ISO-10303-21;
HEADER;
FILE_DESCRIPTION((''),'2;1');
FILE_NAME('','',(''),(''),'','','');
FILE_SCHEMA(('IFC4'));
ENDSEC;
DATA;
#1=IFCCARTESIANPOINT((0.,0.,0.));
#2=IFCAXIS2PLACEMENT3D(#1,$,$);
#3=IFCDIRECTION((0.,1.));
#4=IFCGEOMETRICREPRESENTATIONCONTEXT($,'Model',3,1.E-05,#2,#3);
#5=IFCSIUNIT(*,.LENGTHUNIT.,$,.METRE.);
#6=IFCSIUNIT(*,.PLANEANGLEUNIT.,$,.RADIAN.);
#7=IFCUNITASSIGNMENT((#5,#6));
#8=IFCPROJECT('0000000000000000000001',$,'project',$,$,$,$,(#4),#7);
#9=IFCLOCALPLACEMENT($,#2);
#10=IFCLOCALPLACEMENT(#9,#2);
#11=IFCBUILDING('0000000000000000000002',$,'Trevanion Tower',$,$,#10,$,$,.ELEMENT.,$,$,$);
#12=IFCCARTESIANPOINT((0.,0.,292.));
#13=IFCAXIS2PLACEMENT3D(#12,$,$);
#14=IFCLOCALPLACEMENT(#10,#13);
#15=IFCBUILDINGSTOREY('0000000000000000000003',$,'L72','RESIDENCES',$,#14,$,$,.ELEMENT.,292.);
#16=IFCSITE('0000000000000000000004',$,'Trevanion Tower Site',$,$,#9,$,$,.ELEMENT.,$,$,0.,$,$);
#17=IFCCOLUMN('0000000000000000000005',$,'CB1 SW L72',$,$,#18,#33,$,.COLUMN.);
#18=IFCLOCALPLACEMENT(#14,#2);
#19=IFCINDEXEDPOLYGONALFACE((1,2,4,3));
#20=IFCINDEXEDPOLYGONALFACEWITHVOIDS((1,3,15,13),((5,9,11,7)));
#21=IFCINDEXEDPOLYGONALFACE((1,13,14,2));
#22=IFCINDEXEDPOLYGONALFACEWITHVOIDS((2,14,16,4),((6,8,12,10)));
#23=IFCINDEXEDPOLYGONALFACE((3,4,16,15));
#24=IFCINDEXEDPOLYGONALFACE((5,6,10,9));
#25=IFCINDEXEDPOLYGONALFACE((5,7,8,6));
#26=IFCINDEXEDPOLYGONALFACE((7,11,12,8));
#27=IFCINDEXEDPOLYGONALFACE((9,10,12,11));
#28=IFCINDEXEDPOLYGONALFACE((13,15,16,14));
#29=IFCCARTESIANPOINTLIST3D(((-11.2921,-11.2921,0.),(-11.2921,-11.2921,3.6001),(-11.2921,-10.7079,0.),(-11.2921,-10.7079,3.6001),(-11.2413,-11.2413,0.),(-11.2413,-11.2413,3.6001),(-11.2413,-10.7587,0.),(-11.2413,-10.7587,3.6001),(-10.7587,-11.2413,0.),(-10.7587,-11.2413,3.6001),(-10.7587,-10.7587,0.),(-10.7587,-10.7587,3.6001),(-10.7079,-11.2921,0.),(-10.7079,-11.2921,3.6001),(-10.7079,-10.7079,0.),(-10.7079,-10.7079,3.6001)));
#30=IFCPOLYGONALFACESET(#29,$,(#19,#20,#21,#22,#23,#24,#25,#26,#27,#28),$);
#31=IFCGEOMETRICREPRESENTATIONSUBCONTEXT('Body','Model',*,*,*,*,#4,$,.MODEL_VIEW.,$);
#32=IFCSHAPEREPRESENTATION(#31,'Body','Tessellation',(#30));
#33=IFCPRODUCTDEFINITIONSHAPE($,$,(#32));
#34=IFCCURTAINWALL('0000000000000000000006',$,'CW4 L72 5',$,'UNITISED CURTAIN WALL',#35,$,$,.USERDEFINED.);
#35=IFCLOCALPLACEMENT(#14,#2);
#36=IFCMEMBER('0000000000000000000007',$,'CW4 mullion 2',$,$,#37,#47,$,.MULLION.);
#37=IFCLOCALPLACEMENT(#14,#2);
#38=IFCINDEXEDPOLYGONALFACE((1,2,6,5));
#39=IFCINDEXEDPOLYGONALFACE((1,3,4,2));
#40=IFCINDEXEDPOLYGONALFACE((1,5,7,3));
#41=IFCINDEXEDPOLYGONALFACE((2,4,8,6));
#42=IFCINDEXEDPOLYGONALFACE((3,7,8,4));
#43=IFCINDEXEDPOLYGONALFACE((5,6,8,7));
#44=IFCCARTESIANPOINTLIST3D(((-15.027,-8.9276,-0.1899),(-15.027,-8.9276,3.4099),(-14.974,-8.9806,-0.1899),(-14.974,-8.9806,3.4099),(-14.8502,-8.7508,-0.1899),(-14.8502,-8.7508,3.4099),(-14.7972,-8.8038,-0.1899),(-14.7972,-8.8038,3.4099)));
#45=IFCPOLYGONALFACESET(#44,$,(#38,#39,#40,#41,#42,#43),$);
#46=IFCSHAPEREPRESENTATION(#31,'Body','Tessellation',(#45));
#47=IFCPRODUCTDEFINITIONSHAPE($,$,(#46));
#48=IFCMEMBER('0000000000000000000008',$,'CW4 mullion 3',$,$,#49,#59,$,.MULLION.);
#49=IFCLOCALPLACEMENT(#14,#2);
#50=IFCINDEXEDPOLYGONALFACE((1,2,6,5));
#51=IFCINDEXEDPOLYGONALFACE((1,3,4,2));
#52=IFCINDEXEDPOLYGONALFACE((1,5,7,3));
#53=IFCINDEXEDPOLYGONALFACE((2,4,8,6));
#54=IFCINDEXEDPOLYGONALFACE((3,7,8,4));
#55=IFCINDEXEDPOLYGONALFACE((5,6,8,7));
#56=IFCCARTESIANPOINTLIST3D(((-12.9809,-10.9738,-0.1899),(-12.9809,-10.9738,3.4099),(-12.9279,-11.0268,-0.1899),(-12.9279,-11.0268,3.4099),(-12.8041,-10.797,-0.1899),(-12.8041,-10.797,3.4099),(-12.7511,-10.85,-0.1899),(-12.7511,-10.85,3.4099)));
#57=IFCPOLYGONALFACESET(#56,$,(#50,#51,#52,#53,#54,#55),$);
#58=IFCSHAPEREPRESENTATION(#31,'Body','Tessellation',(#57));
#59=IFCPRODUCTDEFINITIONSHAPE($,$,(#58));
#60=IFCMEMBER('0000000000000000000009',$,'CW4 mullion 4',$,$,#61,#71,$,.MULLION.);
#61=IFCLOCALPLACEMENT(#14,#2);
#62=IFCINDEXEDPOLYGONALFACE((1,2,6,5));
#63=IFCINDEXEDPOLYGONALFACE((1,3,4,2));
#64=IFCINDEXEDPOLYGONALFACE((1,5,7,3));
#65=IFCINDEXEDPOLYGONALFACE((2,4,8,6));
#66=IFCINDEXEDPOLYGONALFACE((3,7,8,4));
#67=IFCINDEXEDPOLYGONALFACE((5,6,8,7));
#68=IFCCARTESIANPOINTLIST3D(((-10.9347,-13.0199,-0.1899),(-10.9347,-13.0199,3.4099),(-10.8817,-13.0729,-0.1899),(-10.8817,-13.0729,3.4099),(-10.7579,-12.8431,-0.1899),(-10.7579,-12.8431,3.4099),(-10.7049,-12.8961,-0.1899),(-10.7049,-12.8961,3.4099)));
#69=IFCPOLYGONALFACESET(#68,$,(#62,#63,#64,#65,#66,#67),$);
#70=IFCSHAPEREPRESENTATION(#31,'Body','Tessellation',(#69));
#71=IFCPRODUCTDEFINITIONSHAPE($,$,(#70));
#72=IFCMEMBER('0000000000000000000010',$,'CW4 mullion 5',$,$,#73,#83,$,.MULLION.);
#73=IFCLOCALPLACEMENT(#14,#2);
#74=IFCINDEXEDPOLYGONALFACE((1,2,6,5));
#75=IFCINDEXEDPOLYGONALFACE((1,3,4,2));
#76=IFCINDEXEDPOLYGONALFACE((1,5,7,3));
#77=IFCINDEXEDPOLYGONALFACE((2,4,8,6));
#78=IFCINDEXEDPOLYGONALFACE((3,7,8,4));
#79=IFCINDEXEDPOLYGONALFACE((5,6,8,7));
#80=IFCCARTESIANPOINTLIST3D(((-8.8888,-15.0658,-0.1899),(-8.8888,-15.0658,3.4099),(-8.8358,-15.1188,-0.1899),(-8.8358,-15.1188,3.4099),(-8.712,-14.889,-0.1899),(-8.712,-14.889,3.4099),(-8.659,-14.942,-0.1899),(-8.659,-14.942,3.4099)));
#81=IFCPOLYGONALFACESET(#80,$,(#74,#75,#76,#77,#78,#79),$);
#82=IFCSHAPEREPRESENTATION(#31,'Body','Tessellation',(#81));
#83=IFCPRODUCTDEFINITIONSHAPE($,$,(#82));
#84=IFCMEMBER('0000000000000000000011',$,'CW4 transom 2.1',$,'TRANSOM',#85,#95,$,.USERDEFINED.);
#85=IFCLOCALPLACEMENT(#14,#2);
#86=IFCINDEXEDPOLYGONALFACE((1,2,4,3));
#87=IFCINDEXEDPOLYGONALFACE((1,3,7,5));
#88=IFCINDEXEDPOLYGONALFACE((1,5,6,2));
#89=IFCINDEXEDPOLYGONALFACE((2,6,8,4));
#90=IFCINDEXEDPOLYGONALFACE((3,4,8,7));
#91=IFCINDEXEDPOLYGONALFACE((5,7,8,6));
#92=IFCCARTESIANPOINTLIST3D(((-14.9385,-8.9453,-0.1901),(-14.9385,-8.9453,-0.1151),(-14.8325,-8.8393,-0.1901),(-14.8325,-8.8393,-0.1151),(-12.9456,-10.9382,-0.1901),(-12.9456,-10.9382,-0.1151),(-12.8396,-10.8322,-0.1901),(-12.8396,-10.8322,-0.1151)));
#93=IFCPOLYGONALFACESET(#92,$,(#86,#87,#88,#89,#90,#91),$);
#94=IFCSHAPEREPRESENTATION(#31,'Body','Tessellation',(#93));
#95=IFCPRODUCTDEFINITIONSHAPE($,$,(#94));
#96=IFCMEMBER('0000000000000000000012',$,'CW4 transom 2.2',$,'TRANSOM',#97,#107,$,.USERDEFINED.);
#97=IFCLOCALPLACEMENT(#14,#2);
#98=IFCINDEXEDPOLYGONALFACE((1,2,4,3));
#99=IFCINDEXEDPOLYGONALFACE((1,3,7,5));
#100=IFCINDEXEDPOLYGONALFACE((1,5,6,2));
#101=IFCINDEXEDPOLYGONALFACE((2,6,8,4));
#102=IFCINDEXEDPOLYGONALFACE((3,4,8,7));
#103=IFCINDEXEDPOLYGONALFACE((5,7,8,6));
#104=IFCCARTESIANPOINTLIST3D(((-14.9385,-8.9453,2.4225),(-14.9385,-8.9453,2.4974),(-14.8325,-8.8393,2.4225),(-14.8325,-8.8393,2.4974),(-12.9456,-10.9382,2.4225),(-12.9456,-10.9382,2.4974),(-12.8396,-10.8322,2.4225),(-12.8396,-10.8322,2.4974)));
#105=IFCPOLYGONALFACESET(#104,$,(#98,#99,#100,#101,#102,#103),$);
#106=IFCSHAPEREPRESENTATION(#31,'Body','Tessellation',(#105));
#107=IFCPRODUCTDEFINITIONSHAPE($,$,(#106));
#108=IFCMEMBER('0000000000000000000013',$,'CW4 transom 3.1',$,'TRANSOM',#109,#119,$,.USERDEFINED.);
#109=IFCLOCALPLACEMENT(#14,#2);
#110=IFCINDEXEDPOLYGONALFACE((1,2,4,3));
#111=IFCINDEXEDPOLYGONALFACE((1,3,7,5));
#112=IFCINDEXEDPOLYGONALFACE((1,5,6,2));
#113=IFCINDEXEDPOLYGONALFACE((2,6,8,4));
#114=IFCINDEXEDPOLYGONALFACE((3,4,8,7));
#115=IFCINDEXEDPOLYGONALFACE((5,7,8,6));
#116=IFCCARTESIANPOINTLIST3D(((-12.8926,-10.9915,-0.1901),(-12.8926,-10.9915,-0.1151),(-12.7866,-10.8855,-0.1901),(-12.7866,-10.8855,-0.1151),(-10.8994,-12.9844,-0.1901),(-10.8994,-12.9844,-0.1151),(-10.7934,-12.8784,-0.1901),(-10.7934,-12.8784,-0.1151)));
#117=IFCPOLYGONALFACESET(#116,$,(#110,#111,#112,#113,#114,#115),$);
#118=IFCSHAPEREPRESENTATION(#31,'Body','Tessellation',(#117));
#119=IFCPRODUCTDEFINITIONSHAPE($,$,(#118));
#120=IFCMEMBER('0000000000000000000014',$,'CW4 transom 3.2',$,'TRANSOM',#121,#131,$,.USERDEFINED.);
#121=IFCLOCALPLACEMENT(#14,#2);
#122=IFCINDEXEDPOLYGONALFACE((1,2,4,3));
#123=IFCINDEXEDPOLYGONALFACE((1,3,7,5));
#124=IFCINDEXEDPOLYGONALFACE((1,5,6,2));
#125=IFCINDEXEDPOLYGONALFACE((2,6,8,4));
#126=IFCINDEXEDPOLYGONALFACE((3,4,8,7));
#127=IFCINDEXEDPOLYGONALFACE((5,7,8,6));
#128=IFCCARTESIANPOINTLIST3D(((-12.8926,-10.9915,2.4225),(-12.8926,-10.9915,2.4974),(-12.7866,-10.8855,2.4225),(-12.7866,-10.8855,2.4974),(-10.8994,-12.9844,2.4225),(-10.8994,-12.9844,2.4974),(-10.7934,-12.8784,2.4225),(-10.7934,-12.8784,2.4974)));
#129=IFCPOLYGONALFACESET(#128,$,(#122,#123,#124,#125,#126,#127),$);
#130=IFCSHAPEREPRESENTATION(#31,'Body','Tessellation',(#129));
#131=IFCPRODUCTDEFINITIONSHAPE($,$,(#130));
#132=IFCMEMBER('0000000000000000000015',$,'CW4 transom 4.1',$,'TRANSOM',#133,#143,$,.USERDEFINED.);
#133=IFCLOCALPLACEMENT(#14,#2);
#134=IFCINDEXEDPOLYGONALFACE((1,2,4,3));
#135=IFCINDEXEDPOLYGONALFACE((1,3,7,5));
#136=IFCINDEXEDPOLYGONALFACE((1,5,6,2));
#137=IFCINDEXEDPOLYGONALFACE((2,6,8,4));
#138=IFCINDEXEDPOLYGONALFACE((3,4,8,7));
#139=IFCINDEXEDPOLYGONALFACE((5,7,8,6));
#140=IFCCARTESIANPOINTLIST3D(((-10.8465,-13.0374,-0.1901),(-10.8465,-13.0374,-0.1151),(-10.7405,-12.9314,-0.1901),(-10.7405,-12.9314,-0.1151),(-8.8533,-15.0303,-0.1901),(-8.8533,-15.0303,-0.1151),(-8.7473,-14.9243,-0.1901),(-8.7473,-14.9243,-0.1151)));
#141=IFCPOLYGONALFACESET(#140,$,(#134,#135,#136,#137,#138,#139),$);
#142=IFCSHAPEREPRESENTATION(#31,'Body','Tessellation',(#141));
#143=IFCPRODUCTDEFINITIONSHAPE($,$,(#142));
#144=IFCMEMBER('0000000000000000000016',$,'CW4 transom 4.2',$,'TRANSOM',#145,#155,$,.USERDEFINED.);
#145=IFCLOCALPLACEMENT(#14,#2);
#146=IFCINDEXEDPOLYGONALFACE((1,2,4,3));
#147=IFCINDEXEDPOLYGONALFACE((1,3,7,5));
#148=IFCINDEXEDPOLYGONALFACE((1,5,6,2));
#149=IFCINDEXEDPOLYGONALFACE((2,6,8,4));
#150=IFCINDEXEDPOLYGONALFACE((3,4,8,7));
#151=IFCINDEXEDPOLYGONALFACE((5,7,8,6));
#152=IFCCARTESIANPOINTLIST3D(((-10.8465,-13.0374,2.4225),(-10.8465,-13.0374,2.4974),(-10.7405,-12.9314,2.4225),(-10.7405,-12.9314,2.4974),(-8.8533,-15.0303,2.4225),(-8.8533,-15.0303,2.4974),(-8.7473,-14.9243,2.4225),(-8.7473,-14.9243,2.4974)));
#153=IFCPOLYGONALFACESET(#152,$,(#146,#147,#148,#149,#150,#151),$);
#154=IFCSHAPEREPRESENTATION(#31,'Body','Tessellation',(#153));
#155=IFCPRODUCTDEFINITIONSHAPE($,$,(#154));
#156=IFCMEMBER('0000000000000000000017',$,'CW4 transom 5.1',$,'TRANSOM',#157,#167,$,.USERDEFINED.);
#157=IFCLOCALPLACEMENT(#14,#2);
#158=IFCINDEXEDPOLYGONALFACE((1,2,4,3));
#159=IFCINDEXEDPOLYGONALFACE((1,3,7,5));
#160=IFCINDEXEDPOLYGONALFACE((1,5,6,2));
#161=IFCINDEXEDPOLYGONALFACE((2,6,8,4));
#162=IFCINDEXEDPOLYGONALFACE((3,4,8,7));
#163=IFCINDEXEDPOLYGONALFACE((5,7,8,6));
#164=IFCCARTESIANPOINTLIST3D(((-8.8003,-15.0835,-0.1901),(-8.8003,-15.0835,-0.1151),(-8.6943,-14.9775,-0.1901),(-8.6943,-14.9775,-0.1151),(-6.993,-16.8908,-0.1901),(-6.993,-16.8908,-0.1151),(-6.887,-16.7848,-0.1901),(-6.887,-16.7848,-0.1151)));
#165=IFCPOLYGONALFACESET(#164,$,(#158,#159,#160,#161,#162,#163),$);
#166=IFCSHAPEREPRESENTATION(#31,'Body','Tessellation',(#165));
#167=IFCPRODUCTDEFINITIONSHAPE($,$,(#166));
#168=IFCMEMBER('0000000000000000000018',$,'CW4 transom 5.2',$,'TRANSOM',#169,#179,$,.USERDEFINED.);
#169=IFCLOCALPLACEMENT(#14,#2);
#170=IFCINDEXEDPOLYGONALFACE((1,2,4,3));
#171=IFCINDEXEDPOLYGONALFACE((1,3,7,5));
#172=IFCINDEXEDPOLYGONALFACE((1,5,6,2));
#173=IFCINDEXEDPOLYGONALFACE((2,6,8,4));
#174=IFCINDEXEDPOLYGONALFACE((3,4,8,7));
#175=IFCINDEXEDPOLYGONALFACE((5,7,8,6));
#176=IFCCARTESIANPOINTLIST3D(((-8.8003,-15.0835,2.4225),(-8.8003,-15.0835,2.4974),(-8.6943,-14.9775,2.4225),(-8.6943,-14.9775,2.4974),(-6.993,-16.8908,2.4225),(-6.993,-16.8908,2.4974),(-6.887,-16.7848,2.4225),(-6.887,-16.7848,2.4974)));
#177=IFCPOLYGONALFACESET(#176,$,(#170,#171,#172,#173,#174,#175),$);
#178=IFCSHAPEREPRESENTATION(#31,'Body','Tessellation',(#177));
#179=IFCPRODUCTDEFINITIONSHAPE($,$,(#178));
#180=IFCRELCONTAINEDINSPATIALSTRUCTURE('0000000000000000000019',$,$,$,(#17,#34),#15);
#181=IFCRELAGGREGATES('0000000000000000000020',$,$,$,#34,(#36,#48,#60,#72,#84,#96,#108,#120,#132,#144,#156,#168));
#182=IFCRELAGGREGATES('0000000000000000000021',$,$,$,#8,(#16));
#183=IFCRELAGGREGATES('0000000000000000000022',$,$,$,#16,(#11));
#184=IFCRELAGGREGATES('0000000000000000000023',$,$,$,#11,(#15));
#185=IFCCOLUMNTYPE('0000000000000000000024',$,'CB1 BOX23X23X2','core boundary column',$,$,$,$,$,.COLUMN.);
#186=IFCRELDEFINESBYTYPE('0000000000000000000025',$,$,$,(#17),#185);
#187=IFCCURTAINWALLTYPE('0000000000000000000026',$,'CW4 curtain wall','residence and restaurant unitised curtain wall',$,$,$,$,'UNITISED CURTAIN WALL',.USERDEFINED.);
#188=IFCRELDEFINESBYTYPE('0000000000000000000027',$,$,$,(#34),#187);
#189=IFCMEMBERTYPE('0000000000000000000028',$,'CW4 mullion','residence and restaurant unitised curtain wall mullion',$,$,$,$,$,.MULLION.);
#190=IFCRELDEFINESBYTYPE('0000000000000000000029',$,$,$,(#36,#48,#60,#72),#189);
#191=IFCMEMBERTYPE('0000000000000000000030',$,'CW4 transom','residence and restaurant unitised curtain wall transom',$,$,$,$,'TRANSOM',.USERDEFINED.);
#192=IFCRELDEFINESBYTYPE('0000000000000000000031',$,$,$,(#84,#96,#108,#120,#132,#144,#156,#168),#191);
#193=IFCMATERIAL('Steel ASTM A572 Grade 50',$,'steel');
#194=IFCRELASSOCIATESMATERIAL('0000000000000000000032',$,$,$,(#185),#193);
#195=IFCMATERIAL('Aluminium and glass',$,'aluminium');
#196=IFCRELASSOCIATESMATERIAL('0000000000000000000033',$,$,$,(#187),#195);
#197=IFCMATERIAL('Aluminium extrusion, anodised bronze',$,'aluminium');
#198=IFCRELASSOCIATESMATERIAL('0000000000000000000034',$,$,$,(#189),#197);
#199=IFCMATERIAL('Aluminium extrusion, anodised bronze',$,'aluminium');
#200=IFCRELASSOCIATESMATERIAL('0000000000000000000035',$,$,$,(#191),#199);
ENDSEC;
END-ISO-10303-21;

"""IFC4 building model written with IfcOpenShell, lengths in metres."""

from ifc_helpers import new_model, si_unit, direction, frame, origin, origin_2d, place, context, subcontext, project, spatial, rectangle, hollow_rectangle, extrude, material, material_profile, profile_set, type_object, element, aggregate, save


model = new_model("IFC4")

# Units and contexts
model_context = context("Model", 3, precision=1e-05, world=origin(), true_north=direction((0.0, 1.0)))
body_context = subcontext(model_context, "Body", "Model", "MODEL_VIEW")
ifc_project = project(units=[si_unit("LENGTHUNIT", "METRE"), si_unit("PLANEANGLEUNIT", "RADIAN")], contexts=[model_context])

# Site, building, storey
site_placement = place(None, origin())
site = spatial("IfcSite", under=ifc_project, at=site_placement, Name="Trevanion Tower Site", CompositionType="ELEMENT", RefElevation=0.0)
building_placement = place(site_placement, origin())
building = spatial("IfcBuilding", under=site, at=building_placement, Name="Trevanion Tower", CompositionType="ELEMENT")
storey_placement = place(building_placement, frame((0.0, 0.0, 292.0)))
storey = spatial("IfcBuildingStorey", under=building, at=storey_placement, Name="L72", Description="RESIDENCES", CompositionType="ELEMENT", Elevation=292.0)

# Column
ifc_material_1 = material(Name="Steel ASTM A572 Grade 50", Category="steel")
ifc_material_profile_1 = material_profile(ifc_material_1, hollow_rectangle(XDim=0.5842, YDim=0.5842, WallThickness=0.0508, at=origin_2d()), Name="BOX23X23X2")
ifc_profile_set_1 = profile_set([ifc_material_profile_1], Name="Steel ASTM A572 Grade 50")
column_type = type_object("IfcColumnType", Name="CB1 BOX23X23X2", Description="core boundary column", PredefinedType="COLUMN", material=ifc_profile_set_1)
column_placement = place(storey_placement, frame((-11.0, -11.0, 0.0), z_axis=(0.0, 0.0, 1.0), x_axis=(1.0, 0.0, 0.0)))
element("IfcColumn", 1, at=column_placement, inside=storey, type_object=column_type, Name="CB1 SW L72", PredefinedType="COLUMN", context=body_context, shape_type="SweptSolid", body=[
    extrude(hollow_rectangle(XDim=0.5842, YDim=0.5842, WallThickness=0.0508, at=origin_2d()), origin(), (0.0, 0.0, 1.0), 3.6001),
])

# Curtain wall, members
ifc_material_2 = material(Name="Aluminium and glass", Category="aluminium")
curtain_wall_type = type_object("IfcCurtainWallType", Name="CW4 curtain wall", Description="residence and restaurant unitised curtain wall", ElementType="UNITISED CURTAIN WALL", PredefinedType="USERDEFINED", material=ifc_material_2)
curtain_wall_placement = place(storey_placement, origin())
curtain_wall = element("IfcCurtainWall", 2, at=curtain_wall_placement, inside=storey, type_object=curtain_wall_type, Name="CW4 L72 5", ObjectType="UNITISED CURTAIN WALL", PredefinedType="USERDEFINED")
ifc_material_3 = material(Name="Aluminium extrusion, anodised bronze", Category="aluminium")
ifc_material_profile_2 = material_profile(ifc_material_3, rectangle(XDim=0.075, YDim=0.25, at=origin_2d()), Name="CW4 mullion")
ifc_profile_set_2 = profile_set([ifc_material_profile_2], Name="Aluminium extrusion, anodised bronze")
member_type_1 = type_object("IfcMemberType", Name="CW4 mullion", Description="residence and restaurant unitised curtain wall mullion", PredefinedType="MULLION", material=ifc_profile_set_2)
member_1_placement = place(storey_placement, frame((-14.9121, -8.8657, -0.1899), z_axis=(0.0, 0.0, 1.0), x_axis=(0.707107, -0.707107, 0.0)))
member_1 = element("IfcMember", 3, at=member_1_placement, type_object=member_type_1, Name="CW4 mullion 2", PredefinedType="MULLION", context=body_context, shape_type="SweptSolid", body=[
    extrude(rectangle(XDim=0.075, YDim=0.25, at=origin_2d()), origin(), (0.0, 0.0, 1.0), 3.5999),
])
member_2_placement = place(storey_placement, frame((-12.866, -10.9119, -0.1899), z_axis=(0.0, 0.0, 1.0), x_axis=(0.707107, -0.707107, 0.0)))
member_2 = element("IfcMember", 4, at=member_2_placement, type_object=member_type_1, Name="CW4 mullion 3", PredefinedType="MULLION", context=body_context, shape_type="SweptSolid", body=[
    extrude(rectangle(XDim=0.075, YDim=0.25, at=origin_2d()), origin(), (0.0, 0.0, 1.0), 3.5999),
])
member_3_placement = place(storey_placement, frame((-10.8198, -12.958, -0.1899), z_axis=(0.0, 0.0, 1.0), x_axis=(0.707107, -0.707107, 0.0)))
member_3 = element("IfcMember", 5, at=member_3_placement, type_object=member_type_1, Name="CW4 mullion 4", PredefinedType="MULLION", context=body_context, shape_type="SweptSolid", body=[
    extrude(rectangle(XDim=0.075, YDim=0.25, at=origin_2d()), origin(), (0.0, 0.0, 1.0), 3.5999),
])
member_4_placement = place(storey_placement, frame((-8.7739, -15.0039, -0.1899), z_axis=(0.0, 0.0, 1.0), x_axis=(0.707107, -0.707107, 0.0)))
member_4 = element("IfcMember", 6, at=member_4_placement, type_object=member_type_1, Name="CW4 mullion 5", PredefinedType="MULLION", context=body_context, shape_type="SweptSolid", body=[
    extrude(rectangle(XDim=0.075, YDim=0.25, at=origin_2d()), origin(), (0.0, 0.0, 1.0), 3.5999),
])
ifc_material_4 = material(Name="Aluminium extrusion, anodised bronze", Category="aluminium")
ifc_material_profile_3 = material_profile(ifc_material_4, rectangle(XDim=0.1499, YDim=0.075, at=origin_2d()), Name="CW4 transom")
ifc_profile_set_3 = profile_set([ifc_material_profile_3], Name="Aluminium extrusion, anodised bronze")
member_type_2 = type_object("IfcMemberType", Name="CW4 transom", Description="residence and restaurant unitised curtain wall transom", ElementType="TRANSOM", PredefinedType="USERDEFINED", material=ifc_profile_set_3)
member_5_placement = place(storey_placement, frame((-14.8855, -8.8923, -0.1526), z_axis=(0.707107, -0.707107, 0.0), x_axis=(0.707107, 0.707107, 0.0)))
member_5 = element("IfcMember", 7, at=member_5_placement, type_object=member_type_2, Name="CW4 transom 2.1", ObjectType="TRANSOM", PredefinedType="USERDEFINED", context=body_context, shape_type="SweptSolid", body=[
    extrude(rectangle(XDim=0.1499, YDim=0.075, at=origin_2d()), origin(), (0.0, 0.0, 1.0), 2.8184),
])
member_6_placement = place(storey_placement, frame((-14.8855, -8.8923, 2.46), z_axis=(0.707107, -0.707107, 0.0), x_axis=(0.707107, 0.707107, 0.0)))
member_6 = element("IfcMember", 8, at=member_6_placement, type_object=member_type_2, Name="CW4 transom 2.2", ObjectType="TRANSOM", PredefinedType="USERDEFINED", context=body_context, shape_type="SweptSolid", body=[
    extrude(rectangle(XDim=0.1499, YDim=0.075, at=origin_2d()), origin(), (0.0, 0.0, 1.0), 2.8184),
])
member_7_placement = place(storey_placement, frame((-12.8396, -10.9385, -0.1526), z_axis=(0.70715, -0.707063, 0.0), x_axis=(0.707063, 0.70715, 0.0)))
member_7 = element("IfcMember", 9, at=member_7_placement, type_object=member_type_2, Name="CW4 transom 3.1", ObjectType="TRANSOM", PredefinedType="USERDEFINED", context=body_context, shape_type="SweptSolid", body=[
    extrude(rectangle(XDim=0.1499, YDim=0.075, at=origin_2d()), origin(), (0.0, 0.0, 1.0), 2.8186),
])
member_8_placement = place(storey_placement, frame((-12.8396, -10.9385, 2.46), z_axis=(0.70715, -0.707063, 0.0), x_axis=(0.707063, 0.70715, 0.0)))
member_8 = element("IfcMember", 10, at=member_8_placement, type_object=member_type_2, Name="CW4 transom 3.2", ObjectType="TRANSOM", PredefinedType="USERDEFINED", context=body_context, shape_type="SweptSolid", body=[
    extrude(rectangle(XDim=0.1499, YDim=0.075, at=origin_2d()), origin(), (0.0, 0.0, 1.0), 2.8186),
])
member_9_placement = place(storey_placement, frame((-10.7935, -12.9844, -0.1526), z_axis=(0.70715, -0.707063, 0.0), x_axis=(0.707063, 0.70715, 0.0)))
member_9 = element("IfcMember", 11, at=member_9_placement, type_object=member_type_2, Name="CW4 transom 4.1", ObjectType="TRANSOM", PredefinedType="USERDEFINED", context=body_context, shape_type="SweptSolid", body=[
    extrude(rectangle(XDim=0.1499, YDim=0.075, at=origin_2d()), origin(), (0.0, 0.0, 1.0), 2.8186),
])
member_10_placement = place(storey_placement, frame((-10.7935, -12.9844, 2.46), z_axis=(0.70715, -0.707063, 0.0), x_axis=(0.707063, 0.70715, 0.0)))
member_10 = element("IfcMember", 12, at=member_10_placement, type_object=member_type_2, Name="CW4 transom 4.2", ObjectType="TRANSOM", PredefinedType="USERDEFINED", context=body_context, shape_type="SweptSolid", body=[
    extrude(rectangle(XDim=0.1499, YDim=0.075, at=origin_2d()), origin(), (0.0, 0.0, 1.0), 2.8186),
])
member_11_placement = place(storey_placement, frame((-8.7473, -15.0305, -0.1526), z_axis=(0.707107, -0.707107, 0.0), x_axis=(0.707107, 0.707107, 0.0)))
member_11 = element("IfcMember", 13, at=member_11_placement, type_object=member_type_2, Name="CW4 transom 5.1", ObjectType="TRANSOM", PredefinedType="USERDEFINED", context=body_context, shape_type="SweptSolid", body=[
    extrude(rectangle(XDim=0.1499, YDim=0.075, at=origin_2d()), origin(), (0.0, 0.0, 1.0), 2.5559),
])
member_12_placement = place(storey_placement, frame((-8.7473, -15.0305, 2.46), z_axis=(0.707107, -0.707107, 0.0), x_axis=(0.707107, 0.707107, 0.0)))
member_12 = element("IfcMember", 14, at=member_12_placement, type_object=member_type_2, Name="CW4 transom 5.2", ObjectType="TRANSOM", PredefinedType="USERDEFINED", context=body_context, shape_type="SweptSolid", body=[
    extrude(rectangle(XDim=0.1499, YDim=0.075, at=origin_2d()), origin(), (0.0, 0.0, 1.0), 2.5559),
])

aggregate(curtain_wall, [member_1, member_2, member_3, member_4, member_5, member_6, member_7, member_8, member_9, member_10, member_11, member_12])

save(model, "model.ifc")
